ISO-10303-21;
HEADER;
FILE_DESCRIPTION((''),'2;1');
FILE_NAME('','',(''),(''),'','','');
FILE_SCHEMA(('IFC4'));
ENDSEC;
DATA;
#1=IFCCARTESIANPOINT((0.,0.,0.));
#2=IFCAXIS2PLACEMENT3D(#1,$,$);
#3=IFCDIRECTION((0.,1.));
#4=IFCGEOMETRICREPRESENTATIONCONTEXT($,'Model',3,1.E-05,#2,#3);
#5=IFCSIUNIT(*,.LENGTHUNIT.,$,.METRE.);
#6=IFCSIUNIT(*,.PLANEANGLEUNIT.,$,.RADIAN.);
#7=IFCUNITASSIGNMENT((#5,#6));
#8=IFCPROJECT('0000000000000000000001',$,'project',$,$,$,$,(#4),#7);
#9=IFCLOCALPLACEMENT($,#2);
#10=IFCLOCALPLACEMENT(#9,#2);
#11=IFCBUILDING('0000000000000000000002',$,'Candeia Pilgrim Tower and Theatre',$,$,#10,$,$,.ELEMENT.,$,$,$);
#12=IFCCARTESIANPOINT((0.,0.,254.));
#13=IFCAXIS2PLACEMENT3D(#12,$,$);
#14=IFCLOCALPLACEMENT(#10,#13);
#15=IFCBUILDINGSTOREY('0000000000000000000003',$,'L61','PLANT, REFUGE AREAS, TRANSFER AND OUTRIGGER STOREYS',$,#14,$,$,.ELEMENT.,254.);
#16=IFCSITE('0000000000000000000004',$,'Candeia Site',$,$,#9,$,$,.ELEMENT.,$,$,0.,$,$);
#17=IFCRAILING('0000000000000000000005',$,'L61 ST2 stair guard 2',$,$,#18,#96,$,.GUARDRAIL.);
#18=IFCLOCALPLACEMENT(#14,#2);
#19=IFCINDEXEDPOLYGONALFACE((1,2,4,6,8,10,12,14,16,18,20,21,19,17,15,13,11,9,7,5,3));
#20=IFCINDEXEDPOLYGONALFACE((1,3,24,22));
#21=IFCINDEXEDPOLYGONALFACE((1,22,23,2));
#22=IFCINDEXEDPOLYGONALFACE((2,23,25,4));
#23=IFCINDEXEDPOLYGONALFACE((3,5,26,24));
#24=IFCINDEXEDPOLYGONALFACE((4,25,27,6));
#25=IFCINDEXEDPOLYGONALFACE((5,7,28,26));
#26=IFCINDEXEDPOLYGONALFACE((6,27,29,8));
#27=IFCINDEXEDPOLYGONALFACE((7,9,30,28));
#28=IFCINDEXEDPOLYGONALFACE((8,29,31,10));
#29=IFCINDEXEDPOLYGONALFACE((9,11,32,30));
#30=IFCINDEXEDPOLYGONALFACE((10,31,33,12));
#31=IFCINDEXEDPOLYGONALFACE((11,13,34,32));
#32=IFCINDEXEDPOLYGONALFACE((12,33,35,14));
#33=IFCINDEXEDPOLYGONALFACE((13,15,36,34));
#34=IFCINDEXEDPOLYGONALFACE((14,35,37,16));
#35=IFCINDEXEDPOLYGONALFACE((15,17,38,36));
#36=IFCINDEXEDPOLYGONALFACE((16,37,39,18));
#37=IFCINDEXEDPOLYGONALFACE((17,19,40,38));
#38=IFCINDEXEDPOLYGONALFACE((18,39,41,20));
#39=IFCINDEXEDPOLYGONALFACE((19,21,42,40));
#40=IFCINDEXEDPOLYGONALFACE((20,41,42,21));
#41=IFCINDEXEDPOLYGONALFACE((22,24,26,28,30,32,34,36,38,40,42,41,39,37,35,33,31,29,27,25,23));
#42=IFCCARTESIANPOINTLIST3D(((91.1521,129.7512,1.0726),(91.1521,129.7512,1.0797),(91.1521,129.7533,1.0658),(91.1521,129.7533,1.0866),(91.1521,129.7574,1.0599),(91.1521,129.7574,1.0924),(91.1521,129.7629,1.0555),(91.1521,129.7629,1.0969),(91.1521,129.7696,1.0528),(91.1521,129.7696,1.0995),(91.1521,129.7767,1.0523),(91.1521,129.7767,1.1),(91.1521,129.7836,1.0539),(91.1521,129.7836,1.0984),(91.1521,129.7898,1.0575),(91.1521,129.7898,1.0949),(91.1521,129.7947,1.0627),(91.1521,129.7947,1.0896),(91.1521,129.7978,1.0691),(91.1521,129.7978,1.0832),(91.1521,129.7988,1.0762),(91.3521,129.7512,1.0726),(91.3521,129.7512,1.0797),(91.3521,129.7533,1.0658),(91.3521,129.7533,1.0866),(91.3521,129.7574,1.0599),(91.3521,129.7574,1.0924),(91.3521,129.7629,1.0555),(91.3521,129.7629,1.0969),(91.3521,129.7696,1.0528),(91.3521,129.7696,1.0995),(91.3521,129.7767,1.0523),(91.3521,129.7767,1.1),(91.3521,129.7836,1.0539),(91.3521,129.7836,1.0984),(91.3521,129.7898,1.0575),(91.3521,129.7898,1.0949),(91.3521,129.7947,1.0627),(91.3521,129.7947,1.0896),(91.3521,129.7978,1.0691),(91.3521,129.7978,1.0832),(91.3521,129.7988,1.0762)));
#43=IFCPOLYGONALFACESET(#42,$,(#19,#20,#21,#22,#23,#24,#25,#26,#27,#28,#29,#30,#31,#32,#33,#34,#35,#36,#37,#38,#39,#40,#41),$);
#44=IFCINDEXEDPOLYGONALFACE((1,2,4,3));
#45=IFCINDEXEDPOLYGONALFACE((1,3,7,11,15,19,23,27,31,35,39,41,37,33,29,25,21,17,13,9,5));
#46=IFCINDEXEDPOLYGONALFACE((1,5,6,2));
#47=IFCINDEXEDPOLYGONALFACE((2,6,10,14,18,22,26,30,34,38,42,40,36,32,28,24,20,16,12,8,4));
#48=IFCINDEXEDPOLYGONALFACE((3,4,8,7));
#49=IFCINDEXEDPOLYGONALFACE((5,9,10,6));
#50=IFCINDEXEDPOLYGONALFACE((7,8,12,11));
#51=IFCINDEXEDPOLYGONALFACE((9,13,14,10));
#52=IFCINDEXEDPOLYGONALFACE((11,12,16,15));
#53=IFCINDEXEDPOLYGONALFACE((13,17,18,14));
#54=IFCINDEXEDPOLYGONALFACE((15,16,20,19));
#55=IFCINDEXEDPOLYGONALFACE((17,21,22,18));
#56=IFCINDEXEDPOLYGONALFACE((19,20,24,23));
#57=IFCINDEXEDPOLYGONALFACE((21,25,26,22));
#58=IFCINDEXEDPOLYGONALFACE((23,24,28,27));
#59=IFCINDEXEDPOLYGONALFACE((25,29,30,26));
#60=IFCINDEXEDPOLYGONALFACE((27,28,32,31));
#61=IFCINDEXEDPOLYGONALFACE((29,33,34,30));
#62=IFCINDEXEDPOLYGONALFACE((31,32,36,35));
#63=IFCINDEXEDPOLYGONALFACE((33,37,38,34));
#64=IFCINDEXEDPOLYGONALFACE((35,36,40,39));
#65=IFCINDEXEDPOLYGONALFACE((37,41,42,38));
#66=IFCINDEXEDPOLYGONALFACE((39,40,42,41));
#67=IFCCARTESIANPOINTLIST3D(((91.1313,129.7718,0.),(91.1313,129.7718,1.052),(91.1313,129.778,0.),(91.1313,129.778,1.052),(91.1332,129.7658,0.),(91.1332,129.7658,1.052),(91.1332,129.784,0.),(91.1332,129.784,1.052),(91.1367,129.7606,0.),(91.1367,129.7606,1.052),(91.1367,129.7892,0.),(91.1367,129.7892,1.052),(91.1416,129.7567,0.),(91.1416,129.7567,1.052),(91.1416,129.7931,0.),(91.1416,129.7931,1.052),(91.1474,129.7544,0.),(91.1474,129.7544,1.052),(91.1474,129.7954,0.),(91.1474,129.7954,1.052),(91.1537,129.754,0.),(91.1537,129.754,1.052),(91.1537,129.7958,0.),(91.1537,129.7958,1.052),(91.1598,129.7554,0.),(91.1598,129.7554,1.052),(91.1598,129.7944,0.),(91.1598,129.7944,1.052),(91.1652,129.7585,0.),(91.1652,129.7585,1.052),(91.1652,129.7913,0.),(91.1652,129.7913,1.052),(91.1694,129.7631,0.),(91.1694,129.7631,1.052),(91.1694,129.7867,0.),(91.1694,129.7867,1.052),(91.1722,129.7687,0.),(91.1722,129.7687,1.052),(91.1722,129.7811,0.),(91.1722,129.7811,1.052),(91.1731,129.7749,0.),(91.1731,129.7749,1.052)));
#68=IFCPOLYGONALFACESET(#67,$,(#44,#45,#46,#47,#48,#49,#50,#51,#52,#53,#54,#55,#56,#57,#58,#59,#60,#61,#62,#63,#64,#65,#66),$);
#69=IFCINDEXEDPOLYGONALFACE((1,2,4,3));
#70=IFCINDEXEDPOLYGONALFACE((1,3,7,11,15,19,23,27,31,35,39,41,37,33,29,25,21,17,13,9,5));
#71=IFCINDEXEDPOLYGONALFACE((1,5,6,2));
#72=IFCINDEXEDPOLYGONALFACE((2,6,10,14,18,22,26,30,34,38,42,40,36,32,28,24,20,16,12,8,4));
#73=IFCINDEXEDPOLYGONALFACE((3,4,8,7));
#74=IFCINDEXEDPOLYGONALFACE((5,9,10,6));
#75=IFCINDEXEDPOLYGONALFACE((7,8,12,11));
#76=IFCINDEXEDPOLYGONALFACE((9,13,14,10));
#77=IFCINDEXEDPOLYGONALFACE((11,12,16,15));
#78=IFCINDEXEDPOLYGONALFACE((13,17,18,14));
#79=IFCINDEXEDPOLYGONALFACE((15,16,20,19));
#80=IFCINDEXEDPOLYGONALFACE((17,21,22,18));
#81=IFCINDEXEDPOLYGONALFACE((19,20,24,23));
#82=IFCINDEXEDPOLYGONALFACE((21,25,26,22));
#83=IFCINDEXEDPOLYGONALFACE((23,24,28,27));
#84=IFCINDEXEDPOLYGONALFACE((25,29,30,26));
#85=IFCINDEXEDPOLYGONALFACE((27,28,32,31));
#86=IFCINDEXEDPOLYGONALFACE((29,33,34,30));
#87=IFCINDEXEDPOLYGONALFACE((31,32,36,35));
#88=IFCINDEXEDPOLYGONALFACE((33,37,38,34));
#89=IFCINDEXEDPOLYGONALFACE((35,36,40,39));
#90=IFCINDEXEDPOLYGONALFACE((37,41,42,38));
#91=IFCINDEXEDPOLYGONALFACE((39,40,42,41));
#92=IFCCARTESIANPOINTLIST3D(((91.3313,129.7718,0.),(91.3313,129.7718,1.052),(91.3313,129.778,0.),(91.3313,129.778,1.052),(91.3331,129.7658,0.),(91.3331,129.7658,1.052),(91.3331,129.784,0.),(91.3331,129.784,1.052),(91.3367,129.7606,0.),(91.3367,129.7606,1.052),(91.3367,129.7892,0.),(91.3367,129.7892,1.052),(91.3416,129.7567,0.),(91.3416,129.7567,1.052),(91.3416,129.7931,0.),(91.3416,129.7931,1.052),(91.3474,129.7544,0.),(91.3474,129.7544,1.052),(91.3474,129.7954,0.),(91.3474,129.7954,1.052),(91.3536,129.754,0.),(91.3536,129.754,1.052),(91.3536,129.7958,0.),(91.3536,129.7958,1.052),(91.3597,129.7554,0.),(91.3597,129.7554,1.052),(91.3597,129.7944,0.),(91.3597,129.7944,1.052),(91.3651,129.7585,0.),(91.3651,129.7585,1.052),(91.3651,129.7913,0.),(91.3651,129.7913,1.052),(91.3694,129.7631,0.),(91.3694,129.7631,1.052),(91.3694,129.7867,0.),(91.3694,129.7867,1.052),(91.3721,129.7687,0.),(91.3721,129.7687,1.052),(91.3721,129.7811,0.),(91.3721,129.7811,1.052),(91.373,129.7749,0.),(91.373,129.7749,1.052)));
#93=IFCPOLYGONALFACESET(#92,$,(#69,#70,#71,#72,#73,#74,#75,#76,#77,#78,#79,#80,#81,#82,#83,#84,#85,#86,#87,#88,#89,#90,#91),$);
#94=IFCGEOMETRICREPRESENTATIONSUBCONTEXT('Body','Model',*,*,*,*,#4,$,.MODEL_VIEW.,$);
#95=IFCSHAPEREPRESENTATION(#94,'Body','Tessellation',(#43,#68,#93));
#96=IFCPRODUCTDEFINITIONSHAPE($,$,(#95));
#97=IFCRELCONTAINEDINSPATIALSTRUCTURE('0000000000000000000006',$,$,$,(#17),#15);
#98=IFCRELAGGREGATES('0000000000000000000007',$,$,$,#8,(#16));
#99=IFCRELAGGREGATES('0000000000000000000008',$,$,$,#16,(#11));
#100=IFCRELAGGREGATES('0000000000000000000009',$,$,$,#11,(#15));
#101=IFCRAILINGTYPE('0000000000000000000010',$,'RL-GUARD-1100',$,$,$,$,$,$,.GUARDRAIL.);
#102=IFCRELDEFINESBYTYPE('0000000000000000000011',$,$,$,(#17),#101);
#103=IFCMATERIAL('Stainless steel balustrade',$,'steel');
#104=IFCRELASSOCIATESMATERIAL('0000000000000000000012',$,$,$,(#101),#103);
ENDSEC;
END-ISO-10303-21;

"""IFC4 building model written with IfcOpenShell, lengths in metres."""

from ifc_helpers import new_model, si_unit, direction, frame, origin, origin_2d, place, context, subcontext, project, spatial, circle, extrude, material, type_object, element, save


model = new_model("IFC4")

# Units and contexts
model_context = context("Model", 3, precision=1e-05, world=origin(), true_north=direction((0.0, 1.0)))
body_context = subcontext(model_context, "Body", "Model", "MODEL_VIEW")
ifc_project = project(units=[si_unit("LENGTHUNIT", "METRE"), si_unit("PLANEANGLEUNIT", "RADIAN")], contexts=[model_context])

# Site, building, storey
site_placement = place(None, origin())
site = spatial("IfcSite", under=ifc_project, at=site_placement, Name="Candeia Site", CompositionType="ELEMENT", RefElevation=0.0)
building_placement = place(site_placement, origin())
building = spatial("IfcBuilding", under=site, at=building_placement, Name="Candeia Pilgrim Tower and Theatre", CompositionType="ELEMENT")
storey_placement = place(building_placement, frame((0.0, 0.0, 254.0)))
storey = spatial("IfcBuildingStorey", under=building, at=storey_placement, Name="L61", Description="PLANT, REFUGE AREAS, TRANSFER AND OUTRIGGER STOREYS", CompositionType="ELEMENT", Elevation=254.0)

# Railing
ifc_material_1 = material(Name="Stainless steel balustrade", Category="steel")
railing_type_1 = type_object("IfcRailingType", Name="RL-GUARD-1100", PredefinedType="GUARDRAIL", material=ifc_material_1)
railing_1_placement = place(storey_placement, frame((91.1521, 129.7749, 0.0)))
element("IfcRailing", 1, at=railing_1_placement, inside=storey, type_object=railing_type_1, Name="L61 ST2 stair guard 2", PredefinedType="GUARDRAIL", context=body_context, shape_type="SweptSolid", body=[
    extrude(circle(Radius=0.0239, at=origin_2d()), frame((0.0, 0.0, 1.0762), z_axis=(1.0, 0.0, 0.0), x_axis=(0.0, 1.0, 0.0)), (0.0, 0.0, 1.0), 0.2),
    extrude(circle(Radius=0.021, at=origin_2d()), origin(), (0.0, 0.0, 1.0), 1.052),
    extrude(circle(Radius=0.021, at=origin_2d()), frame((0.2, 0.0, 0.0)), (0.0, 0.0, 1.0), 1.052),
])

save(model, "model.ifc")
